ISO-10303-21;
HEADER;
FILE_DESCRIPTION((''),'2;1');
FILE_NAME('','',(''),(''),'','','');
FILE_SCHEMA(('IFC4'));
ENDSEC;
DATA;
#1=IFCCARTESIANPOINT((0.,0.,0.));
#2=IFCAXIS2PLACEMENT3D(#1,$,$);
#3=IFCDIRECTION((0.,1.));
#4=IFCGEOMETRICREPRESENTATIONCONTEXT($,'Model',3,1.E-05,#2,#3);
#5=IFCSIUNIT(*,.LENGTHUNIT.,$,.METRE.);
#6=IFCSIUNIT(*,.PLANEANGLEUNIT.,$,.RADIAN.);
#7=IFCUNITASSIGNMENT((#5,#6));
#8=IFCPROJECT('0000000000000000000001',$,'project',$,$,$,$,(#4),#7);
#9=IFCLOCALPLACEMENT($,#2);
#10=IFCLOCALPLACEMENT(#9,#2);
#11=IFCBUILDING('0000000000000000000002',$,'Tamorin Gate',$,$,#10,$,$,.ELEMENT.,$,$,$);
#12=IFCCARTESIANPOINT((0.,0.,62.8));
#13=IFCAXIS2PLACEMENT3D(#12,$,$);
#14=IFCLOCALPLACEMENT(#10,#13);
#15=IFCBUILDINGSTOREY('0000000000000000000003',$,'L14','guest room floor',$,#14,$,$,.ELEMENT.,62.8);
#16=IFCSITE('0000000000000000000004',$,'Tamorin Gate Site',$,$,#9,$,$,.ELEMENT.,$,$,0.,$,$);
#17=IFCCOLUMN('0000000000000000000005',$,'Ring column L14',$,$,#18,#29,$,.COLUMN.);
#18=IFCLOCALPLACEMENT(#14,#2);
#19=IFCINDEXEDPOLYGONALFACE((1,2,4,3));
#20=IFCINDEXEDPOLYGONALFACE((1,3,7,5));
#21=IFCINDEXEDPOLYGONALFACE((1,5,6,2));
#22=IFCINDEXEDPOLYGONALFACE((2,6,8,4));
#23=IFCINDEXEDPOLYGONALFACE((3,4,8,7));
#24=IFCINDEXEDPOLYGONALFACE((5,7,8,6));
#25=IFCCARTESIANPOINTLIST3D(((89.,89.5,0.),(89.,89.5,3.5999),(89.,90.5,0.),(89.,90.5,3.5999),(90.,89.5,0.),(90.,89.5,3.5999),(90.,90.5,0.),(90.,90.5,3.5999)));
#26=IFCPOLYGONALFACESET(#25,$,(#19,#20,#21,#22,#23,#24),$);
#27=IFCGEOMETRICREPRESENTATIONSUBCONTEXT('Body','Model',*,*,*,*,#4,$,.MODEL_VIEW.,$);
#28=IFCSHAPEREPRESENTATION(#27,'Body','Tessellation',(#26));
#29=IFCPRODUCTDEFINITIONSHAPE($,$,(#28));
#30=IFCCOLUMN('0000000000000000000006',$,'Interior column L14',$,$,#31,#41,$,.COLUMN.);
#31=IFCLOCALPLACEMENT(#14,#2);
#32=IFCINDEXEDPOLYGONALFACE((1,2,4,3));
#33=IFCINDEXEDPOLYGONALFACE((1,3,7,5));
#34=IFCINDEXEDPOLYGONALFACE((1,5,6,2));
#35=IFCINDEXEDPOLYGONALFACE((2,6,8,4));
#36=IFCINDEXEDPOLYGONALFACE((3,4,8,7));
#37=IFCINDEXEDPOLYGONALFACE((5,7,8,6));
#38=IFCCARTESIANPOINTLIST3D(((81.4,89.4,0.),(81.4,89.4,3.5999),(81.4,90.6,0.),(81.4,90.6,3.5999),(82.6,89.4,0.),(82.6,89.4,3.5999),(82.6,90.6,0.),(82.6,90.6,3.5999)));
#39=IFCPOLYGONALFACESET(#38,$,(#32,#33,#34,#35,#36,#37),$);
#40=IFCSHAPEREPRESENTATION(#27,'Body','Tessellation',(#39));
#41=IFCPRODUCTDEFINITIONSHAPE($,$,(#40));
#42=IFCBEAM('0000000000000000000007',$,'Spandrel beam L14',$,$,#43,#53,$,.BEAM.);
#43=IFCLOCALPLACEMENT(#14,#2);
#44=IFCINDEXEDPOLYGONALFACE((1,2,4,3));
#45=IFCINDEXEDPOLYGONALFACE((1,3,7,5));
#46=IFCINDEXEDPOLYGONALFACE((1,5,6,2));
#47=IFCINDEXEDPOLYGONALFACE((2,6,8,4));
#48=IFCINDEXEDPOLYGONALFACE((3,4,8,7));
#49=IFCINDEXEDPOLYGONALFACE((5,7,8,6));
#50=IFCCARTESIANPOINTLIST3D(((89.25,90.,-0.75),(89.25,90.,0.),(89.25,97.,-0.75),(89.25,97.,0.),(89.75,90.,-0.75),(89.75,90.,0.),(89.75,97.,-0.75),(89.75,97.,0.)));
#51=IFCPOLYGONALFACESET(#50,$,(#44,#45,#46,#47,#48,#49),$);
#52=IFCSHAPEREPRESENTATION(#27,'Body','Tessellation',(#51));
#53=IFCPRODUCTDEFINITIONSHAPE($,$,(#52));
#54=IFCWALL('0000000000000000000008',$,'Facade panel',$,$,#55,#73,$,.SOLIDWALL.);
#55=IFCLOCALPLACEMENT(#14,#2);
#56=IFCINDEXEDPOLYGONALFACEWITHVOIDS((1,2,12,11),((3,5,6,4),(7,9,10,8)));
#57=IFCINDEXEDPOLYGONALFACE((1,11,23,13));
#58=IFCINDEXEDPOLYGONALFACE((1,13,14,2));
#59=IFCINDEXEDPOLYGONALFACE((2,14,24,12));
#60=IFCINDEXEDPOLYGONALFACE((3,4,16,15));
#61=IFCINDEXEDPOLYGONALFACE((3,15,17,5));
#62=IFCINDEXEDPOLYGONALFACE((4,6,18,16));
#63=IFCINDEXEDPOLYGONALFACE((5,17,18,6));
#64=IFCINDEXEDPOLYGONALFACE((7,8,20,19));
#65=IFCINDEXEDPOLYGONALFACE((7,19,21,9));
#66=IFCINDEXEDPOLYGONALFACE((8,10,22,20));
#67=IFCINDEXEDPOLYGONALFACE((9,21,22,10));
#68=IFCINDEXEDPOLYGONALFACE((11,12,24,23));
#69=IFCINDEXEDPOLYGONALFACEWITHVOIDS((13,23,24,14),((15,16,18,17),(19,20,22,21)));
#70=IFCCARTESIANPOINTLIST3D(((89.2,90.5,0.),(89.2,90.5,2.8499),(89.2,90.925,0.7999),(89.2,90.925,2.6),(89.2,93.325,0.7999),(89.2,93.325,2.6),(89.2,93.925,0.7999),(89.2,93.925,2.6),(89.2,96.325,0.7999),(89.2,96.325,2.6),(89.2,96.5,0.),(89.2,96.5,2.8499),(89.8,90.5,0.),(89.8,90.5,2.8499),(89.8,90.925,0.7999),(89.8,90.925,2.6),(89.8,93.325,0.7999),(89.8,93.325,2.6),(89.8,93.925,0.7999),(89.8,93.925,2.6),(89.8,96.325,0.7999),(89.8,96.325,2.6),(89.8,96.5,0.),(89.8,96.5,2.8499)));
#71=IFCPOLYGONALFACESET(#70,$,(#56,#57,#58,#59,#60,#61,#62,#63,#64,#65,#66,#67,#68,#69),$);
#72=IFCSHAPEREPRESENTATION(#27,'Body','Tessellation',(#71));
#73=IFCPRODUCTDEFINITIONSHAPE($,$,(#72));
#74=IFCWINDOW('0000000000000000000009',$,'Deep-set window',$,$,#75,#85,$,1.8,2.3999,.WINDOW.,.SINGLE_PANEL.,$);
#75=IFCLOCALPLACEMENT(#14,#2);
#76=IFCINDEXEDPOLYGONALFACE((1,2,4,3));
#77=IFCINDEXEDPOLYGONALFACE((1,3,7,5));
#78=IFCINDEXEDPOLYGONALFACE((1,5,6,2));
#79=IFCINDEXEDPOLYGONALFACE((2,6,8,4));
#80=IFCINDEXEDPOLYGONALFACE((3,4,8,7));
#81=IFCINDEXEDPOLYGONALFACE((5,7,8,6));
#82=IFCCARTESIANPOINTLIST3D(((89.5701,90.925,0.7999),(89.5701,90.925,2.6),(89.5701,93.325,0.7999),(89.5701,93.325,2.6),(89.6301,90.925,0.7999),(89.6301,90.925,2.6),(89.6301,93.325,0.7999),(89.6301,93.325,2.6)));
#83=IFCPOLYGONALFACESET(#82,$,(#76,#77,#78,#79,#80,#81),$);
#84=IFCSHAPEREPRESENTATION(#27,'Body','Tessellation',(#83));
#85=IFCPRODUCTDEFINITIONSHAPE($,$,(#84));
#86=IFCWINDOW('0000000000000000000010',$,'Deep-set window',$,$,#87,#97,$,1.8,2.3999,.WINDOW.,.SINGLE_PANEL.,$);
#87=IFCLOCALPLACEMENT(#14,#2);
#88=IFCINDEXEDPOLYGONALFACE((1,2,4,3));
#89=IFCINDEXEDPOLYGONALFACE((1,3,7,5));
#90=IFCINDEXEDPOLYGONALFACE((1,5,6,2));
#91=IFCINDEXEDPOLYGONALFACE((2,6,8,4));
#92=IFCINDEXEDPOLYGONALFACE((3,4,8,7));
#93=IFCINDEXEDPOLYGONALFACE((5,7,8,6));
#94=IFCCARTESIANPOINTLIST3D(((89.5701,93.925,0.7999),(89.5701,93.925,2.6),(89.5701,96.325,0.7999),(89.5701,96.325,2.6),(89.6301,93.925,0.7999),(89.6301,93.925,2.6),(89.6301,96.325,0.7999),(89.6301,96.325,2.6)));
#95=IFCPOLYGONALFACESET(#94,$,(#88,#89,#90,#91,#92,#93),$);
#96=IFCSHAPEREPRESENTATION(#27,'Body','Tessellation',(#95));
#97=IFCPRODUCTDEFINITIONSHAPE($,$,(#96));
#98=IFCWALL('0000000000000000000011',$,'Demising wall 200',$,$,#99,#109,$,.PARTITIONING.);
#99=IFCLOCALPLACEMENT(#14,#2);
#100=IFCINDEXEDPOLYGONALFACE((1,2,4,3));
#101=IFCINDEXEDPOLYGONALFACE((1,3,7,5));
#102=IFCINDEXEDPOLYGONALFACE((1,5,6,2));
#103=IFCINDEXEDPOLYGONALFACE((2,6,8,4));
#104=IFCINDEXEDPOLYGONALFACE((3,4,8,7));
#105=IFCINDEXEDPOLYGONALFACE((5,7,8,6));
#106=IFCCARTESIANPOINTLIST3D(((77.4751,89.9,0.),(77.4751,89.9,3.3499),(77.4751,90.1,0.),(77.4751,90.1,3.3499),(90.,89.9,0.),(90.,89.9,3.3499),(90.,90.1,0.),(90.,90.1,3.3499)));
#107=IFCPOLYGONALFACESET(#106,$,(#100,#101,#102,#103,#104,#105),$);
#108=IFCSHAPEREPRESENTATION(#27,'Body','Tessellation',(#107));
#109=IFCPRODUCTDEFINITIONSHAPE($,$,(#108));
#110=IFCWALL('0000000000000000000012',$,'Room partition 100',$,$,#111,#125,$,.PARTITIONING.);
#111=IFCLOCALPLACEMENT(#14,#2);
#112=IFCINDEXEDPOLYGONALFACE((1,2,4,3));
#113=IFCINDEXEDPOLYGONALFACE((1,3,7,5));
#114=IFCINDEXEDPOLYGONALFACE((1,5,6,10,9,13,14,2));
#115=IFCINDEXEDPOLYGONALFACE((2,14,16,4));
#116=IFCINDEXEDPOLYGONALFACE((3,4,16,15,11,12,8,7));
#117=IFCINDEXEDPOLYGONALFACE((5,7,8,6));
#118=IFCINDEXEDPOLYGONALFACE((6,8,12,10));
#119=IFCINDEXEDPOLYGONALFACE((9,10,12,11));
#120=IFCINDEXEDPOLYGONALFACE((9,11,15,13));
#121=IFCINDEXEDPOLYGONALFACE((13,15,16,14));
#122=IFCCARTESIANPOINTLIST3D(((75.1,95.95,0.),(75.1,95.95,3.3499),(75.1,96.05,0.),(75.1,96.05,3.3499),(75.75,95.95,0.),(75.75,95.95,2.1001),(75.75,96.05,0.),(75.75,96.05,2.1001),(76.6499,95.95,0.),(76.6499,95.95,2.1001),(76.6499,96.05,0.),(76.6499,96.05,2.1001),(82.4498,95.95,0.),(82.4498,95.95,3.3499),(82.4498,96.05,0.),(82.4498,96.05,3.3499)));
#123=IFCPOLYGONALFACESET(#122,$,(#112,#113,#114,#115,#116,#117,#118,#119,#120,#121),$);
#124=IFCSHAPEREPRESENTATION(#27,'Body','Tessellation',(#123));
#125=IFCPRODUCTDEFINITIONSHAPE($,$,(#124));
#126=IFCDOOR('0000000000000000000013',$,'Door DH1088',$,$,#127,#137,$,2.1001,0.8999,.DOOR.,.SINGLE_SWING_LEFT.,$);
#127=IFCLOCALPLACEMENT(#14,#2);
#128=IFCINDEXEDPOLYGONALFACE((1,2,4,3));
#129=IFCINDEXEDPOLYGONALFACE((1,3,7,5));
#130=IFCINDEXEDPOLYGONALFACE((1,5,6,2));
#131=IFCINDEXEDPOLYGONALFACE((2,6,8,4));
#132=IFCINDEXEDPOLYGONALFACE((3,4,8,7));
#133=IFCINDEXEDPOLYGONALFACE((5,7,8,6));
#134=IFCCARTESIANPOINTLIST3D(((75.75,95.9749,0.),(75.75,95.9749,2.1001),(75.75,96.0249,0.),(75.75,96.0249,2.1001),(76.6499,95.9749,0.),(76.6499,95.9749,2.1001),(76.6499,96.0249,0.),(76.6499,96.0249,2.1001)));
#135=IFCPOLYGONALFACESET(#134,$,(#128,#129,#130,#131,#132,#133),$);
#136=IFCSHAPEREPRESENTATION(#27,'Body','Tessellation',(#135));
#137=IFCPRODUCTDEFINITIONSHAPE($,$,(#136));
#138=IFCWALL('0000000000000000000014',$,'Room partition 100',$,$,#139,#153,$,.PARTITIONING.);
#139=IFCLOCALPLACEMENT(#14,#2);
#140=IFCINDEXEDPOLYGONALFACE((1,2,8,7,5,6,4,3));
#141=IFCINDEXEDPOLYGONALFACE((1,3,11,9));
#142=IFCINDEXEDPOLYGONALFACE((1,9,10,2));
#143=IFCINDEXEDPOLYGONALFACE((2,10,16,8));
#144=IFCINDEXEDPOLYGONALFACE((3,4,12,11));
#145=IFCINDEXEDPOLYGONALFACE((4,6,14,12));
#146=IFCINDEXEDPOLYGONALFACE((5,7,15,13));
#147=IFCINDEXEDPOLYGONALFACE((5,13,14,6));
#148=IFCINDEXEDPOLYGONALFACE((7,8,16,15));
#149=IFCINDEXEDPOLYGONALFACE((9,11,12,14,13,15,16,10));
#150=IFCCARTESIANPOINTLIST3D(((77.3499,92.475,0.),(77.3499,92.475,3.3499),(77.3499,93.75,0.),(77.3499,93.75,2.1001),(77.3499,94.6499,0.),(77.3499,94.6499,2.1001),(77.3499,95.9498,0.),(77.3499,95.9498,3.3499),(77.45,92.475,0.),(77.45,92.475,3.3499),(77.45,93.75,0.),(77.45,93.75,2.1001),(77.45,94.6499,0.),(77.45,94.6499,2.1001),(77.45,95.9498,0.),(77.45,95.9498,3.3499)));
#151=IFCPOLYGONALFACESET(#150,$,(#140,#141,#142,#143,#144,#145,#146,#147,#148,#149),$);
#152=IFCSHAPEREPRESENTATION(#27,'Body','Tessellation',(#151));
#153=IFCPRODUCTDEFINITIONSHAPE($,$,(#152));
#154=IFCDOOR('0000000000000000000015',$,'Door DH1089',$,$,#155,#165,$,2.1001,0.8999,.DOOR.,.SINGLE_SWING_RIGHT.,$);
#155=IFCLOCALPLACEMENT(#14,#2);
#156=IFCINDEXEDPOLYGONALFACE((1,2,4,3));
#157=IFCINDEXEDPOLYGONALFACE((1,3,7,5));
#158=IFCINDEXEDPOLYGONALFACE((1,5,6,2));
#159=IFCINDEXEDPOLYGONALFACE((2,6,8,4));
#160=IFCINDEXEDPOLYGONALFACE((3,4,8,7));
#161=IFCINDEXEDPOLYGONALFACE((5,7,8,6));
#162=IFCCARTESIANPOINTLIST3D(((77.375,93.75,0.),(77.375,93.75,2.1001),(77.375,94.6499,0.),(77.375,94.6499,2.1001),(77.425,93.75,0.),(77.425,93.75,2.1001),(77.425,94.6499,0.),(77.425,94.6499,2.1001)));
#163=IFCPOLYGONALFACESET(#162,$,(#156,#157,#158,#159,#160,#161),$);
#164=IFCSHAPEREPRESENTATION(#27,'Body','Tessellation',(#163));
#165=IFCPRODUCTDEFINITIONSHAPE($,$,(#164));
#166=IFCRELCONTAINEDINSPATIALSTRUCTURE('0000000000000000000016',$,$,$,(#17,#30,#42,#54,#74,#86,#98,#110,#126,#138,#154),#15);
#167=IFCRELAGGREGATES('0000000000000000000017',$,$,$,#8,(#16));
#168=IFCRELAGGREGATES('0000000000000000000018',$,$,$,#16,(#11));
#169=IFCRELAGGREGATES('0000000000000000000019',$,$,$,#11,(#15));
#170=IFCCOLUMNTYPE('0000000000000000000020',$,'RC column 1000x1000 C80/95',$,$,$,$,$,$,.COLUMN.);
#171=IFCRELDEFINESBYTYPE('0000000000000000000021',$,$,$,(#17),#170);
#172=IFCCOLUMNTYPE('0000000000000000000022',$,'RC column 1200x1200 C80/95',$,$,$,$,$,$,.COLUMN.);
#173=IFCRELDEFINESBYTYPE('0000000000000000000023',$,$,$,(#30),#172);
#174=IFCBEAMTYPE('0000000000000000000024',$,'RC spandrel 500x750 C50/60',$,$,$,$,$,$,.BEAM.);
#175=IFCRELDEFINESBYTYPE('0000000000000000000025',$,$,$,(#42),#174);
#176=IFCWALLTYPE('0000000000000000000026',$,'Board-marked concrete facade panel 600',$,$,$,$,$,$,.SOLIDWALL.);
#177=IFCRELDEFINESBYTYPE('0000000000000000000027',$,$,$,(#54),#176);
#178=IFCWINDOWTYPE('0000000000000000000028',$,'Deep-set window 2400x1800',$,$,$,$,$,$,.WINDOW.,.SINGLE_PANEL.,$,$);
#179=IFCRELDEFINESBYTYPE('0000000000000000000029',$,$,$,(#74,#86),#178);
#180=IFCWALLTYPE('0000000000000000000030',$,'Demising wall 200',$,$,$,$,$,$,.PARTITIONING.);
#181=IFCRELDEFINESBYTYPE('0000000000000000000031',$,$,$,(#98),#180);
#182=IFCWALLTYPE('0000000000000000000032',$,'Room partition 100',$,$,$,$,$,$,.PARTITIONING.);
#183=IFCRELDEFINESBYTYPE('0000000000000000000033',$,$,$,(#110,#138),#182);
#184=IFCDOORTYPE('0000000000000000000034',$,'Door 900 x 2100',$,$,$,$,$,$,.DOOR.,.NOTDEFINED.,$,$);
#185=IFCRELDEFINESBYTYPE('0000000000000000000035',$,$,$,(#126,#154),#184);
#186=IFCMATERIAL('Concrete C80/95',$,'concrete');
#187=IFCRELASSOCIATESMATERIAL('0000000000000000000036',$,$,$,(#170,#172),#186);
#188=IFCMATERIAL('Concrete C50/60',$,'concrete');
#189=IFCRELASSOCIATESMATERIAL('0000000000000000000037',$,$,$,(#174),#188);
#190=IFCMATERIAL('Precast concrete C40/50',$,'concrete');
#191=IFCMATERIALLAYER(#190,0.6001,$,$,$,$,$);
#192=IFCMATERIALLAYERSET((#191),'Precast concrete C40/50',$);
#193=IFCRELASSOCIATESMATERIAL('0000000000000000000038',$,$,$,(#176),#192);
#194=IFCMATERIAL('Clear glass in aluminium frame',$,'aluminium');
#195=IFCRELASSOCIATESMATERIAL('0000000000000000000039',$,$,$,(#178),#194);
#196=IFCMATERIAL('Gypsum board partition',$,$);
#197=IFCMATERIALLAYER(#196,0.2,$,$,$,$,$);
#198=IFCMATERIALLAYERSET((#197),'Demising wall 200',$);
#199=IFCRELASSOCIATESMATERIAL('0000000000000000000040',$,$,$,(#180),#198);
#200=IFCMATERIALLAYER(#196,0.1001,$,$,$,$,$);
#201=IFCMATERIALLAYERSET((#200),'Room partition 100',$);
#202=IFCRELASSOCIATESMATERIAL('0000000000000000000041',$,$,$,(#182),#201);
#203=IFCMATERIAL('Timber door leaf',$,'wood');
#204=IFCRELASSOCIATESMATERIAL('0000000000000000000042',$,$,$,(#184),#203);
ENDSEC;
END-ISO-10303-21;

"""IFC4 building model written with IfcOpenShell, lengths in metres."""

from ifc_helpers import new_model, si_unit, direction, frame, frame_2d, origin, origin_2d, place, context, subcontext, project, spatial, rectangle, extrude, material, layer, layer_set, material_profile, profile_set, type_object, element, fill, save


model = new_model("IFC4")

# Units and contexts
model_context = context("Model", 3, precision=1e-05, world=origin(), true_north=direction((0.0, 1.0)))
body_context = subcontext(model_context, "Body", "Model", "MODEL_VIEW")
ifc_project = project(units=[si_unit("LENGTHUNIT", "METRE"), si_unit("PLANEANGLEUNIT", "RADIAN")], contexts=[model_context])

# Site, building, storey
site_placement = place(None, origin())
site = spatial("IfcSite", under=ifc_project, at=site_placement, Name="Tamorin Gate Site", CompositionType="ELEMENT", RefElevation=0.0)
building_placement = place(site_placement, origin())
building = spatial("IfcBuilding", under=site, at=building_placement, Name="Tamorin Gate", CompositionType="ELEMENT")
storey_placement = place(building_placement, frame((0.0, 0.0, 62.8)))
storey = spatial("IfcBuildingStorey", under=building, at=storey_placement, Name="L14", Description="guest room floor", CompositionType="ELEMENT", Elevation=62.8)

# Columns
ifc_material_1 = material(Name="Concrete C80/95", Category="concrete")
ifc_material_profile_1 = material_profile(ifc_material_1, rectangle(XDim=1.0, YDim=1.0, at=origin_2d()), Name="RC 1000x1000")
ifc_profile_set_1 = profile_set([ifc_material_profile_1], Name="Concrete C80/95")
column_type_1 = type_object("IfcColumnType", Name="RC column 1000x1000 C80/95", PredefinedType="COLUMN", material=ifc_profile_set_1)
column_1_placement = place(storey_placement, frame((89.5, 90.0, 0.0), z_axis=(0.0, 0.0, 1.0), x_axis=(1.0, 0.0, 0.0)))
element("IfcColumn", 1, at=column_1_placement, inside=storey, type_object=column_type_1, Name="Ring column L14", PredefinedType="COLUMN", context=body_context, shape_type="SweptSolid", body=[
    extrude(rectangle(XDim=1.0, YDim=1.0, at=origin_2d()), origin(), (0.0, 0.0, 1.0), 3.5999),
])
ifc_material_profile_2 = material_profile(ifc_material_1, rectangle(XDim=1.2, YDim=1.2, at=origin_2d()), Name="RC 1200x1200")
ifc_profile_set_2 = profile_set([ifc_material_profile_2], Name="Concrete C80/95")
column_type_2 = type_object("IfcColumnType", Name="RC column 1200x1200 C80/95", PredefinedType="COLUMN", material=ifc_profile_set_2)
column_2_placement = place(storey_placement, frame((82.0, 90.0, 0.0), z_axis=(0.0, 0.0, 1.0), x_axis=(1.0, 0.0, 0.0)))
element("IfcColumn", 2, at=column_2_placement, inside=storey, type_object=column_type_2, Name="Interior column L14", PredefinedType="COLUMN", context=body_context, shape_type="SweptSolid", body=[
    extrude(rectangle(XDim=1.2, YDim=1.2, at=origin_2d()), origin(), (0.0, 0.0, 1.0), 3.5999),
])

# Beam
ifc_material_2 = material(Name="Concrete C50/60", Category="concrete")
ifc_material_profile_3 = material_profile(ifc_material_2, rectangle(XDim=0.5, YDim=0.75, at=origin_2d()), Name="RC 500x750")
ifc_profile_set_3 = profile_set([ifc_material_profile_3], Name="Concrete C50/60")
beam_type = type_object("IfcBeamType", Name="RC spandrel 500x750 C50/60", PredefinedType="BEAM", material=ifc_profile_set_3)
beam_placement = place(storey_placement, frame((89.5, 90.0, -0.375), z_axis=(0.0, 1.0, 0.0), x_axis=(-1.0, 0.0, 0.0)))
element("IfcBeam", 3, at=beam_placement, inside=storey, type_object=beam_type, Name="Spandrel beam L14", PredefinedType="BEAM", context=body_context, shape_type="SweptSolid", body=[
    extrude(rectangle(XDim=0.5, YDim=0.75, at=origin_2d()), origin(), (0.0, 0.0, 1.0), 7.0),
])

# Wall, openings, windows
ifc_material_3 = material(Name="Precast concrete C40/50", Category="concrete")
ifc_layer_1 = layer(ifc_material_3, 0.6001)
ifc_layer_set_1 = layer_set([ifc_layer_1], Name="Precast concrete C40/50")
wall_type_1 = type_object("IfcWallType", Name="Board-marked concrete facade panel 600", PredefinedType="SOLIDWALL", material=ifc_layer_set_1)
wall_1_placement = place(storey_placement, frame((89.5, 90.5, 0.0), z_axis=(0.0, 0.0, 1.0), x_axis=(0.0, 1.0, 0.0)))
wall_1 = element("IfcWall", 4, at=wall_1_placement, inside=storey, type_object=wall_type_1, Name="Facade panel", PredefinedType="SOLIDWALL", context=body_context, shape_type="SweptSolid", body=[
    extrude(rectangle(XDim=6.0, YDim=0.6001, at=frame_2d((3.0, 0.0))), origin(), (0.0, 0.0, 1.0), 2.8499),
])
opening_1_placement = place(wall_1_placement, frame((0.425, 0.0, 0.8)))
opening_1 = element("IfcOpeningElement", 5, at=opening_1_placement, cuts=wall_1, PredefinedType="OPENING", context=body_context, shape_type="SweptSolid", body=[
    extrude(rectangle(XDim=2.3999, YDim=1.8, at=frame_2d((1.2, 0.8999))), frame((0.0, 0.3101, 0.0), z_axis=(0.0, -1.0, 0.0), x_axis=(1.0, 0.0, 0.0)), (0.0, 0.0, 1.0), 0.6201),
])
opening_2_placement = place(wall_1_placement, frame((3.425, 0.0, 0.8)))
opening_2 = element("IfcOpeningElement", 6, at=opening_2_placement, cuts=wall_1, PredefinedType="OPENING", context=body_context, shape_type="SweptSolid", body=[
    extrude(rectangle(XDim=2.3999, YDim=1.8, at=frame_2d((1.2, 0.8999))), frame((0.0, 0.3101, 0.0), z_axis=(0.0, -1.0, 0.0), x_axis=(1.0, 0.0, 0.0)), (0.0, 0.0, 1.0), 0.6201),
])
ifc_material_4 = material(Name="Clear glass in aluminium frame", Category="aluminium")
window_type = type_object("IfcWindowType", Name="Deep-set window 2400x1800", PartitioningType="SINGLE_PANEL", PredefinedType="WINDOW", material=ifc_material_4)
window_1_placement = place(opening_1_placement, origin())
window_1 = element("IfcWindow", 7, at=window_1_placement, inside=storey, type_object=window_type, Name="Deep-set window", OverallHeight=1.8, OverallWidth=2.3999, PartitioningType="SINGLE_PANEL", PredefinedType="WINDOW", context=body_context, shape_type="SweptSolid", body=[
    extrude(rectangle(XDim=2.3999, YDim=1.8, at=frame_2d((1.2, 0.8999))), frame((0.0, -0.0701, 0.0), z_axis=(0.0, -1.0, 0.0), x_axis=(1.0, 0.0, 0.0)), (0.0, 0.0, 1.0), 0.0601),
])
fill(opening_1, window_1)
window_2_placement = place(opening_2_placement, origin())
window_2 = element("IfcWindow", 8, at=window_2_placement, inside=storey, type_object=window_type, Name="Deep-set window", OverallHeight=1.8, OverallWidth=2.3999, PartitioningType="SINGLE_PANEL", PredefinedType="WINDOW", context=body_context, shape_type="SweptSolid", body=[
    extrude(rectangle(XDim=2.3999, YDim=1.8, at=frame_2d((1.2, 0.8999))), frame((0.0, -0.0701, 0.0), z_axis=(0.0, -1.0, 0.0), x_axis=(1.0, 0.0, 0.0)), (0.0, 0.0, 1.0), 0.0601),
])
fill(opening_2, window_2)

# Wall
ifc_material_5 = material(Name="Gypsum board partition")
ifc_layer_2 = layer(ifc_material_5, 0.2)
ifc_layer_set_2 = layer_set([ifc_layer_2], Name="Demising wall 200")
wall_type_2 = type_object("IfcWallType", Name="Demising wall 200", PredefinedType="PARTITIONING", material=ifc_layer_set_2)
wall_2_placement = place(storey_placement, frame((77.4751, 90.0, 0.0), z_axis=(0.0, 0.0, 1.0), x_axis=(1.0, 0.0, 0.0)))
element("IfcWall", 9, at=wall_2_placement, inside=storey, type_object=wall_type_2, Name="Demising wall 200", PredefinedType="PARTITIONING", context=body_context, shape_type="SweptSolid", body=[
    extrude(rectangle(XDim=12.5249, YDim=0.2, at=frame_2d((6.2625, 0.0))), origin(), (0.0, 0.0, 1.0), 3.3499),
])

# Walls, openings, doors
ifc_layer_3 = layer(ifc_material_5, 0.1001)
ifc_layer_set_3 = layer_set([ifc_layer_3], Name="Room partition 100")
wall_type_3 = type_object("IfcWallType", Name="Room partition 100", PredefinedType="PARTITIONING", material=ifc_layer_set_3)
wall_3_placement = place(storey_placement, frame((75.1001, 96.0, 0.0), z_axis=(0.0, 0.0, 1.0), x_axis=(1.0, 0.0, 0.0)))
wall_3 = element("IfcWall", 10, at=wall_3_placement, inside=storey, type_object=wall_type_3, Name="Room partition 100", PredefinedType="PARTITIONING", context=body_context, shape_type="SweptSolid", body=[
    extrude(rectangle(XDim=7.3499, YDim=0.1001, at=frame_2d((3.6748, 0.0))), origin(), (0.0, 0.0, 1.0), 3.3499),
])
opening_3_placement = place(wall_3_placement, frame((0.6499, 0.0, 0.0)))
opening_3 = element("IfcOpeningElement", 11, at=opening_3_placement, cuts=wall_3, PredefinedType="OPENING", context=body_context, shape_type="SweptSolid", body=[
    extrude(rectangle(XDim=0.8999, YDim=2.1001, at=frame_2d((0.45, 1.05))), frame((0.0, 0.0601, 0.0), z_axis=(0.0, -1.0, 0.0), x_axis=(1.0, 0.0, 0.0)), (0.0, 0.0, 1.0), 0.1201),
])
ifc_material_6 = material(Name="Timber door leaf", Category="wood")
door_type = type_object("IfcDoorType", Name="Door 900 x 2100", OperationType="NOTDEFINED", PredefinedType="DOOR", material=ifc_material_6)
door_1_placement = place(opening_3_placement, origin())
door_1 = element("IfcDoor", 12, at=door_1_placement, inside=storey, type_object=door_type, Name="Door DH1088", OperationType="SINGLE_SWING_LEFT", OverallHeight=2.1001, OverallWidth=0.8999, PredefinedType="DOOR", context=body_context, shape_type="SweptSolid", body=[
    extrude(rectangle(XDim=0.8999, YDim=2.1001, at=frame_2d((0.45, 1.05))), frame((0.0, 0.0249, 0.0), z_axis=(0.0, -1.0, 0.0), x_axis=(1.0, 0.0, 0.0)), (0.0, 0.0, 1.0), 0.05),
])
fill(opening_3, door_1)
wall_4_placement = place(storey_placement, frame((77.3999, 92.4751, 0.0), z_axis=(0.0, 0.0, 1.0), x_axis=(0.0, 1.0, 0.0)))
wall_4 = element("IfcWall", 13, at=wall_4_placement, inside=storey, type_object=wall_type_3, Name="Room partition 100", PredefinedType="PARTITIONING", context=body_context, shape_type="SweptSolid", body=[
    extrude(rectangle(XDim=3.4749, YDim=0.1001, at=frame_2d((1.7373, 0.0))), origin(), (0.0, 0.0, 1.0), 3.3499),
])
opening_4_placement = place(wall_4_placement, frame((1.2749, 0.0, 0.0)))
opening_4 = element("IfcOpeningElement", 14, at=opening_4_placement, cuts=wall_4, PredefinedType="OPENING", context=body_context, shape_type="SweptSolid", body=[
    extrude(rectangle(XDim=0.8999, YDim=2.1001, at=frame_2d((0.45, 1.05))), frame((0.0, 0.0601, 0.0), z_axis=(0.0, -1.0, 0.0), x_axis=(1.0, 0.0, 0.0)), (0.0, 0.0, 1.0), 0.1201),
])
door_2_placement = place(opening_4_placement, origin())
door_2 = element("IfcDoor", 15, at=door_2_placement, inside=storey, type_object=door_type, Name="Door DH1089", OperationType="SINGLE_SWING_RIGHT", OverallHeight=2.1001, OverallWidth=0.8999, PredefinedType="DOOR", context=body_context, shape_type="SweptSolid", body=[
    extrude(rectangle(XDim=0.8999, YDim=2.1001, at=frame_2d((0.45, 1.05))), frame((0.0, 0.0249, 0.0), z_axis=(0.0, -1.0, 0.0), x_axis=(1.0, 0.0, 0.0)), (0.0, 0.0, 1.0), 0.05),
])
fill(opening_4, door_2)

save(model, "model.ifc")
